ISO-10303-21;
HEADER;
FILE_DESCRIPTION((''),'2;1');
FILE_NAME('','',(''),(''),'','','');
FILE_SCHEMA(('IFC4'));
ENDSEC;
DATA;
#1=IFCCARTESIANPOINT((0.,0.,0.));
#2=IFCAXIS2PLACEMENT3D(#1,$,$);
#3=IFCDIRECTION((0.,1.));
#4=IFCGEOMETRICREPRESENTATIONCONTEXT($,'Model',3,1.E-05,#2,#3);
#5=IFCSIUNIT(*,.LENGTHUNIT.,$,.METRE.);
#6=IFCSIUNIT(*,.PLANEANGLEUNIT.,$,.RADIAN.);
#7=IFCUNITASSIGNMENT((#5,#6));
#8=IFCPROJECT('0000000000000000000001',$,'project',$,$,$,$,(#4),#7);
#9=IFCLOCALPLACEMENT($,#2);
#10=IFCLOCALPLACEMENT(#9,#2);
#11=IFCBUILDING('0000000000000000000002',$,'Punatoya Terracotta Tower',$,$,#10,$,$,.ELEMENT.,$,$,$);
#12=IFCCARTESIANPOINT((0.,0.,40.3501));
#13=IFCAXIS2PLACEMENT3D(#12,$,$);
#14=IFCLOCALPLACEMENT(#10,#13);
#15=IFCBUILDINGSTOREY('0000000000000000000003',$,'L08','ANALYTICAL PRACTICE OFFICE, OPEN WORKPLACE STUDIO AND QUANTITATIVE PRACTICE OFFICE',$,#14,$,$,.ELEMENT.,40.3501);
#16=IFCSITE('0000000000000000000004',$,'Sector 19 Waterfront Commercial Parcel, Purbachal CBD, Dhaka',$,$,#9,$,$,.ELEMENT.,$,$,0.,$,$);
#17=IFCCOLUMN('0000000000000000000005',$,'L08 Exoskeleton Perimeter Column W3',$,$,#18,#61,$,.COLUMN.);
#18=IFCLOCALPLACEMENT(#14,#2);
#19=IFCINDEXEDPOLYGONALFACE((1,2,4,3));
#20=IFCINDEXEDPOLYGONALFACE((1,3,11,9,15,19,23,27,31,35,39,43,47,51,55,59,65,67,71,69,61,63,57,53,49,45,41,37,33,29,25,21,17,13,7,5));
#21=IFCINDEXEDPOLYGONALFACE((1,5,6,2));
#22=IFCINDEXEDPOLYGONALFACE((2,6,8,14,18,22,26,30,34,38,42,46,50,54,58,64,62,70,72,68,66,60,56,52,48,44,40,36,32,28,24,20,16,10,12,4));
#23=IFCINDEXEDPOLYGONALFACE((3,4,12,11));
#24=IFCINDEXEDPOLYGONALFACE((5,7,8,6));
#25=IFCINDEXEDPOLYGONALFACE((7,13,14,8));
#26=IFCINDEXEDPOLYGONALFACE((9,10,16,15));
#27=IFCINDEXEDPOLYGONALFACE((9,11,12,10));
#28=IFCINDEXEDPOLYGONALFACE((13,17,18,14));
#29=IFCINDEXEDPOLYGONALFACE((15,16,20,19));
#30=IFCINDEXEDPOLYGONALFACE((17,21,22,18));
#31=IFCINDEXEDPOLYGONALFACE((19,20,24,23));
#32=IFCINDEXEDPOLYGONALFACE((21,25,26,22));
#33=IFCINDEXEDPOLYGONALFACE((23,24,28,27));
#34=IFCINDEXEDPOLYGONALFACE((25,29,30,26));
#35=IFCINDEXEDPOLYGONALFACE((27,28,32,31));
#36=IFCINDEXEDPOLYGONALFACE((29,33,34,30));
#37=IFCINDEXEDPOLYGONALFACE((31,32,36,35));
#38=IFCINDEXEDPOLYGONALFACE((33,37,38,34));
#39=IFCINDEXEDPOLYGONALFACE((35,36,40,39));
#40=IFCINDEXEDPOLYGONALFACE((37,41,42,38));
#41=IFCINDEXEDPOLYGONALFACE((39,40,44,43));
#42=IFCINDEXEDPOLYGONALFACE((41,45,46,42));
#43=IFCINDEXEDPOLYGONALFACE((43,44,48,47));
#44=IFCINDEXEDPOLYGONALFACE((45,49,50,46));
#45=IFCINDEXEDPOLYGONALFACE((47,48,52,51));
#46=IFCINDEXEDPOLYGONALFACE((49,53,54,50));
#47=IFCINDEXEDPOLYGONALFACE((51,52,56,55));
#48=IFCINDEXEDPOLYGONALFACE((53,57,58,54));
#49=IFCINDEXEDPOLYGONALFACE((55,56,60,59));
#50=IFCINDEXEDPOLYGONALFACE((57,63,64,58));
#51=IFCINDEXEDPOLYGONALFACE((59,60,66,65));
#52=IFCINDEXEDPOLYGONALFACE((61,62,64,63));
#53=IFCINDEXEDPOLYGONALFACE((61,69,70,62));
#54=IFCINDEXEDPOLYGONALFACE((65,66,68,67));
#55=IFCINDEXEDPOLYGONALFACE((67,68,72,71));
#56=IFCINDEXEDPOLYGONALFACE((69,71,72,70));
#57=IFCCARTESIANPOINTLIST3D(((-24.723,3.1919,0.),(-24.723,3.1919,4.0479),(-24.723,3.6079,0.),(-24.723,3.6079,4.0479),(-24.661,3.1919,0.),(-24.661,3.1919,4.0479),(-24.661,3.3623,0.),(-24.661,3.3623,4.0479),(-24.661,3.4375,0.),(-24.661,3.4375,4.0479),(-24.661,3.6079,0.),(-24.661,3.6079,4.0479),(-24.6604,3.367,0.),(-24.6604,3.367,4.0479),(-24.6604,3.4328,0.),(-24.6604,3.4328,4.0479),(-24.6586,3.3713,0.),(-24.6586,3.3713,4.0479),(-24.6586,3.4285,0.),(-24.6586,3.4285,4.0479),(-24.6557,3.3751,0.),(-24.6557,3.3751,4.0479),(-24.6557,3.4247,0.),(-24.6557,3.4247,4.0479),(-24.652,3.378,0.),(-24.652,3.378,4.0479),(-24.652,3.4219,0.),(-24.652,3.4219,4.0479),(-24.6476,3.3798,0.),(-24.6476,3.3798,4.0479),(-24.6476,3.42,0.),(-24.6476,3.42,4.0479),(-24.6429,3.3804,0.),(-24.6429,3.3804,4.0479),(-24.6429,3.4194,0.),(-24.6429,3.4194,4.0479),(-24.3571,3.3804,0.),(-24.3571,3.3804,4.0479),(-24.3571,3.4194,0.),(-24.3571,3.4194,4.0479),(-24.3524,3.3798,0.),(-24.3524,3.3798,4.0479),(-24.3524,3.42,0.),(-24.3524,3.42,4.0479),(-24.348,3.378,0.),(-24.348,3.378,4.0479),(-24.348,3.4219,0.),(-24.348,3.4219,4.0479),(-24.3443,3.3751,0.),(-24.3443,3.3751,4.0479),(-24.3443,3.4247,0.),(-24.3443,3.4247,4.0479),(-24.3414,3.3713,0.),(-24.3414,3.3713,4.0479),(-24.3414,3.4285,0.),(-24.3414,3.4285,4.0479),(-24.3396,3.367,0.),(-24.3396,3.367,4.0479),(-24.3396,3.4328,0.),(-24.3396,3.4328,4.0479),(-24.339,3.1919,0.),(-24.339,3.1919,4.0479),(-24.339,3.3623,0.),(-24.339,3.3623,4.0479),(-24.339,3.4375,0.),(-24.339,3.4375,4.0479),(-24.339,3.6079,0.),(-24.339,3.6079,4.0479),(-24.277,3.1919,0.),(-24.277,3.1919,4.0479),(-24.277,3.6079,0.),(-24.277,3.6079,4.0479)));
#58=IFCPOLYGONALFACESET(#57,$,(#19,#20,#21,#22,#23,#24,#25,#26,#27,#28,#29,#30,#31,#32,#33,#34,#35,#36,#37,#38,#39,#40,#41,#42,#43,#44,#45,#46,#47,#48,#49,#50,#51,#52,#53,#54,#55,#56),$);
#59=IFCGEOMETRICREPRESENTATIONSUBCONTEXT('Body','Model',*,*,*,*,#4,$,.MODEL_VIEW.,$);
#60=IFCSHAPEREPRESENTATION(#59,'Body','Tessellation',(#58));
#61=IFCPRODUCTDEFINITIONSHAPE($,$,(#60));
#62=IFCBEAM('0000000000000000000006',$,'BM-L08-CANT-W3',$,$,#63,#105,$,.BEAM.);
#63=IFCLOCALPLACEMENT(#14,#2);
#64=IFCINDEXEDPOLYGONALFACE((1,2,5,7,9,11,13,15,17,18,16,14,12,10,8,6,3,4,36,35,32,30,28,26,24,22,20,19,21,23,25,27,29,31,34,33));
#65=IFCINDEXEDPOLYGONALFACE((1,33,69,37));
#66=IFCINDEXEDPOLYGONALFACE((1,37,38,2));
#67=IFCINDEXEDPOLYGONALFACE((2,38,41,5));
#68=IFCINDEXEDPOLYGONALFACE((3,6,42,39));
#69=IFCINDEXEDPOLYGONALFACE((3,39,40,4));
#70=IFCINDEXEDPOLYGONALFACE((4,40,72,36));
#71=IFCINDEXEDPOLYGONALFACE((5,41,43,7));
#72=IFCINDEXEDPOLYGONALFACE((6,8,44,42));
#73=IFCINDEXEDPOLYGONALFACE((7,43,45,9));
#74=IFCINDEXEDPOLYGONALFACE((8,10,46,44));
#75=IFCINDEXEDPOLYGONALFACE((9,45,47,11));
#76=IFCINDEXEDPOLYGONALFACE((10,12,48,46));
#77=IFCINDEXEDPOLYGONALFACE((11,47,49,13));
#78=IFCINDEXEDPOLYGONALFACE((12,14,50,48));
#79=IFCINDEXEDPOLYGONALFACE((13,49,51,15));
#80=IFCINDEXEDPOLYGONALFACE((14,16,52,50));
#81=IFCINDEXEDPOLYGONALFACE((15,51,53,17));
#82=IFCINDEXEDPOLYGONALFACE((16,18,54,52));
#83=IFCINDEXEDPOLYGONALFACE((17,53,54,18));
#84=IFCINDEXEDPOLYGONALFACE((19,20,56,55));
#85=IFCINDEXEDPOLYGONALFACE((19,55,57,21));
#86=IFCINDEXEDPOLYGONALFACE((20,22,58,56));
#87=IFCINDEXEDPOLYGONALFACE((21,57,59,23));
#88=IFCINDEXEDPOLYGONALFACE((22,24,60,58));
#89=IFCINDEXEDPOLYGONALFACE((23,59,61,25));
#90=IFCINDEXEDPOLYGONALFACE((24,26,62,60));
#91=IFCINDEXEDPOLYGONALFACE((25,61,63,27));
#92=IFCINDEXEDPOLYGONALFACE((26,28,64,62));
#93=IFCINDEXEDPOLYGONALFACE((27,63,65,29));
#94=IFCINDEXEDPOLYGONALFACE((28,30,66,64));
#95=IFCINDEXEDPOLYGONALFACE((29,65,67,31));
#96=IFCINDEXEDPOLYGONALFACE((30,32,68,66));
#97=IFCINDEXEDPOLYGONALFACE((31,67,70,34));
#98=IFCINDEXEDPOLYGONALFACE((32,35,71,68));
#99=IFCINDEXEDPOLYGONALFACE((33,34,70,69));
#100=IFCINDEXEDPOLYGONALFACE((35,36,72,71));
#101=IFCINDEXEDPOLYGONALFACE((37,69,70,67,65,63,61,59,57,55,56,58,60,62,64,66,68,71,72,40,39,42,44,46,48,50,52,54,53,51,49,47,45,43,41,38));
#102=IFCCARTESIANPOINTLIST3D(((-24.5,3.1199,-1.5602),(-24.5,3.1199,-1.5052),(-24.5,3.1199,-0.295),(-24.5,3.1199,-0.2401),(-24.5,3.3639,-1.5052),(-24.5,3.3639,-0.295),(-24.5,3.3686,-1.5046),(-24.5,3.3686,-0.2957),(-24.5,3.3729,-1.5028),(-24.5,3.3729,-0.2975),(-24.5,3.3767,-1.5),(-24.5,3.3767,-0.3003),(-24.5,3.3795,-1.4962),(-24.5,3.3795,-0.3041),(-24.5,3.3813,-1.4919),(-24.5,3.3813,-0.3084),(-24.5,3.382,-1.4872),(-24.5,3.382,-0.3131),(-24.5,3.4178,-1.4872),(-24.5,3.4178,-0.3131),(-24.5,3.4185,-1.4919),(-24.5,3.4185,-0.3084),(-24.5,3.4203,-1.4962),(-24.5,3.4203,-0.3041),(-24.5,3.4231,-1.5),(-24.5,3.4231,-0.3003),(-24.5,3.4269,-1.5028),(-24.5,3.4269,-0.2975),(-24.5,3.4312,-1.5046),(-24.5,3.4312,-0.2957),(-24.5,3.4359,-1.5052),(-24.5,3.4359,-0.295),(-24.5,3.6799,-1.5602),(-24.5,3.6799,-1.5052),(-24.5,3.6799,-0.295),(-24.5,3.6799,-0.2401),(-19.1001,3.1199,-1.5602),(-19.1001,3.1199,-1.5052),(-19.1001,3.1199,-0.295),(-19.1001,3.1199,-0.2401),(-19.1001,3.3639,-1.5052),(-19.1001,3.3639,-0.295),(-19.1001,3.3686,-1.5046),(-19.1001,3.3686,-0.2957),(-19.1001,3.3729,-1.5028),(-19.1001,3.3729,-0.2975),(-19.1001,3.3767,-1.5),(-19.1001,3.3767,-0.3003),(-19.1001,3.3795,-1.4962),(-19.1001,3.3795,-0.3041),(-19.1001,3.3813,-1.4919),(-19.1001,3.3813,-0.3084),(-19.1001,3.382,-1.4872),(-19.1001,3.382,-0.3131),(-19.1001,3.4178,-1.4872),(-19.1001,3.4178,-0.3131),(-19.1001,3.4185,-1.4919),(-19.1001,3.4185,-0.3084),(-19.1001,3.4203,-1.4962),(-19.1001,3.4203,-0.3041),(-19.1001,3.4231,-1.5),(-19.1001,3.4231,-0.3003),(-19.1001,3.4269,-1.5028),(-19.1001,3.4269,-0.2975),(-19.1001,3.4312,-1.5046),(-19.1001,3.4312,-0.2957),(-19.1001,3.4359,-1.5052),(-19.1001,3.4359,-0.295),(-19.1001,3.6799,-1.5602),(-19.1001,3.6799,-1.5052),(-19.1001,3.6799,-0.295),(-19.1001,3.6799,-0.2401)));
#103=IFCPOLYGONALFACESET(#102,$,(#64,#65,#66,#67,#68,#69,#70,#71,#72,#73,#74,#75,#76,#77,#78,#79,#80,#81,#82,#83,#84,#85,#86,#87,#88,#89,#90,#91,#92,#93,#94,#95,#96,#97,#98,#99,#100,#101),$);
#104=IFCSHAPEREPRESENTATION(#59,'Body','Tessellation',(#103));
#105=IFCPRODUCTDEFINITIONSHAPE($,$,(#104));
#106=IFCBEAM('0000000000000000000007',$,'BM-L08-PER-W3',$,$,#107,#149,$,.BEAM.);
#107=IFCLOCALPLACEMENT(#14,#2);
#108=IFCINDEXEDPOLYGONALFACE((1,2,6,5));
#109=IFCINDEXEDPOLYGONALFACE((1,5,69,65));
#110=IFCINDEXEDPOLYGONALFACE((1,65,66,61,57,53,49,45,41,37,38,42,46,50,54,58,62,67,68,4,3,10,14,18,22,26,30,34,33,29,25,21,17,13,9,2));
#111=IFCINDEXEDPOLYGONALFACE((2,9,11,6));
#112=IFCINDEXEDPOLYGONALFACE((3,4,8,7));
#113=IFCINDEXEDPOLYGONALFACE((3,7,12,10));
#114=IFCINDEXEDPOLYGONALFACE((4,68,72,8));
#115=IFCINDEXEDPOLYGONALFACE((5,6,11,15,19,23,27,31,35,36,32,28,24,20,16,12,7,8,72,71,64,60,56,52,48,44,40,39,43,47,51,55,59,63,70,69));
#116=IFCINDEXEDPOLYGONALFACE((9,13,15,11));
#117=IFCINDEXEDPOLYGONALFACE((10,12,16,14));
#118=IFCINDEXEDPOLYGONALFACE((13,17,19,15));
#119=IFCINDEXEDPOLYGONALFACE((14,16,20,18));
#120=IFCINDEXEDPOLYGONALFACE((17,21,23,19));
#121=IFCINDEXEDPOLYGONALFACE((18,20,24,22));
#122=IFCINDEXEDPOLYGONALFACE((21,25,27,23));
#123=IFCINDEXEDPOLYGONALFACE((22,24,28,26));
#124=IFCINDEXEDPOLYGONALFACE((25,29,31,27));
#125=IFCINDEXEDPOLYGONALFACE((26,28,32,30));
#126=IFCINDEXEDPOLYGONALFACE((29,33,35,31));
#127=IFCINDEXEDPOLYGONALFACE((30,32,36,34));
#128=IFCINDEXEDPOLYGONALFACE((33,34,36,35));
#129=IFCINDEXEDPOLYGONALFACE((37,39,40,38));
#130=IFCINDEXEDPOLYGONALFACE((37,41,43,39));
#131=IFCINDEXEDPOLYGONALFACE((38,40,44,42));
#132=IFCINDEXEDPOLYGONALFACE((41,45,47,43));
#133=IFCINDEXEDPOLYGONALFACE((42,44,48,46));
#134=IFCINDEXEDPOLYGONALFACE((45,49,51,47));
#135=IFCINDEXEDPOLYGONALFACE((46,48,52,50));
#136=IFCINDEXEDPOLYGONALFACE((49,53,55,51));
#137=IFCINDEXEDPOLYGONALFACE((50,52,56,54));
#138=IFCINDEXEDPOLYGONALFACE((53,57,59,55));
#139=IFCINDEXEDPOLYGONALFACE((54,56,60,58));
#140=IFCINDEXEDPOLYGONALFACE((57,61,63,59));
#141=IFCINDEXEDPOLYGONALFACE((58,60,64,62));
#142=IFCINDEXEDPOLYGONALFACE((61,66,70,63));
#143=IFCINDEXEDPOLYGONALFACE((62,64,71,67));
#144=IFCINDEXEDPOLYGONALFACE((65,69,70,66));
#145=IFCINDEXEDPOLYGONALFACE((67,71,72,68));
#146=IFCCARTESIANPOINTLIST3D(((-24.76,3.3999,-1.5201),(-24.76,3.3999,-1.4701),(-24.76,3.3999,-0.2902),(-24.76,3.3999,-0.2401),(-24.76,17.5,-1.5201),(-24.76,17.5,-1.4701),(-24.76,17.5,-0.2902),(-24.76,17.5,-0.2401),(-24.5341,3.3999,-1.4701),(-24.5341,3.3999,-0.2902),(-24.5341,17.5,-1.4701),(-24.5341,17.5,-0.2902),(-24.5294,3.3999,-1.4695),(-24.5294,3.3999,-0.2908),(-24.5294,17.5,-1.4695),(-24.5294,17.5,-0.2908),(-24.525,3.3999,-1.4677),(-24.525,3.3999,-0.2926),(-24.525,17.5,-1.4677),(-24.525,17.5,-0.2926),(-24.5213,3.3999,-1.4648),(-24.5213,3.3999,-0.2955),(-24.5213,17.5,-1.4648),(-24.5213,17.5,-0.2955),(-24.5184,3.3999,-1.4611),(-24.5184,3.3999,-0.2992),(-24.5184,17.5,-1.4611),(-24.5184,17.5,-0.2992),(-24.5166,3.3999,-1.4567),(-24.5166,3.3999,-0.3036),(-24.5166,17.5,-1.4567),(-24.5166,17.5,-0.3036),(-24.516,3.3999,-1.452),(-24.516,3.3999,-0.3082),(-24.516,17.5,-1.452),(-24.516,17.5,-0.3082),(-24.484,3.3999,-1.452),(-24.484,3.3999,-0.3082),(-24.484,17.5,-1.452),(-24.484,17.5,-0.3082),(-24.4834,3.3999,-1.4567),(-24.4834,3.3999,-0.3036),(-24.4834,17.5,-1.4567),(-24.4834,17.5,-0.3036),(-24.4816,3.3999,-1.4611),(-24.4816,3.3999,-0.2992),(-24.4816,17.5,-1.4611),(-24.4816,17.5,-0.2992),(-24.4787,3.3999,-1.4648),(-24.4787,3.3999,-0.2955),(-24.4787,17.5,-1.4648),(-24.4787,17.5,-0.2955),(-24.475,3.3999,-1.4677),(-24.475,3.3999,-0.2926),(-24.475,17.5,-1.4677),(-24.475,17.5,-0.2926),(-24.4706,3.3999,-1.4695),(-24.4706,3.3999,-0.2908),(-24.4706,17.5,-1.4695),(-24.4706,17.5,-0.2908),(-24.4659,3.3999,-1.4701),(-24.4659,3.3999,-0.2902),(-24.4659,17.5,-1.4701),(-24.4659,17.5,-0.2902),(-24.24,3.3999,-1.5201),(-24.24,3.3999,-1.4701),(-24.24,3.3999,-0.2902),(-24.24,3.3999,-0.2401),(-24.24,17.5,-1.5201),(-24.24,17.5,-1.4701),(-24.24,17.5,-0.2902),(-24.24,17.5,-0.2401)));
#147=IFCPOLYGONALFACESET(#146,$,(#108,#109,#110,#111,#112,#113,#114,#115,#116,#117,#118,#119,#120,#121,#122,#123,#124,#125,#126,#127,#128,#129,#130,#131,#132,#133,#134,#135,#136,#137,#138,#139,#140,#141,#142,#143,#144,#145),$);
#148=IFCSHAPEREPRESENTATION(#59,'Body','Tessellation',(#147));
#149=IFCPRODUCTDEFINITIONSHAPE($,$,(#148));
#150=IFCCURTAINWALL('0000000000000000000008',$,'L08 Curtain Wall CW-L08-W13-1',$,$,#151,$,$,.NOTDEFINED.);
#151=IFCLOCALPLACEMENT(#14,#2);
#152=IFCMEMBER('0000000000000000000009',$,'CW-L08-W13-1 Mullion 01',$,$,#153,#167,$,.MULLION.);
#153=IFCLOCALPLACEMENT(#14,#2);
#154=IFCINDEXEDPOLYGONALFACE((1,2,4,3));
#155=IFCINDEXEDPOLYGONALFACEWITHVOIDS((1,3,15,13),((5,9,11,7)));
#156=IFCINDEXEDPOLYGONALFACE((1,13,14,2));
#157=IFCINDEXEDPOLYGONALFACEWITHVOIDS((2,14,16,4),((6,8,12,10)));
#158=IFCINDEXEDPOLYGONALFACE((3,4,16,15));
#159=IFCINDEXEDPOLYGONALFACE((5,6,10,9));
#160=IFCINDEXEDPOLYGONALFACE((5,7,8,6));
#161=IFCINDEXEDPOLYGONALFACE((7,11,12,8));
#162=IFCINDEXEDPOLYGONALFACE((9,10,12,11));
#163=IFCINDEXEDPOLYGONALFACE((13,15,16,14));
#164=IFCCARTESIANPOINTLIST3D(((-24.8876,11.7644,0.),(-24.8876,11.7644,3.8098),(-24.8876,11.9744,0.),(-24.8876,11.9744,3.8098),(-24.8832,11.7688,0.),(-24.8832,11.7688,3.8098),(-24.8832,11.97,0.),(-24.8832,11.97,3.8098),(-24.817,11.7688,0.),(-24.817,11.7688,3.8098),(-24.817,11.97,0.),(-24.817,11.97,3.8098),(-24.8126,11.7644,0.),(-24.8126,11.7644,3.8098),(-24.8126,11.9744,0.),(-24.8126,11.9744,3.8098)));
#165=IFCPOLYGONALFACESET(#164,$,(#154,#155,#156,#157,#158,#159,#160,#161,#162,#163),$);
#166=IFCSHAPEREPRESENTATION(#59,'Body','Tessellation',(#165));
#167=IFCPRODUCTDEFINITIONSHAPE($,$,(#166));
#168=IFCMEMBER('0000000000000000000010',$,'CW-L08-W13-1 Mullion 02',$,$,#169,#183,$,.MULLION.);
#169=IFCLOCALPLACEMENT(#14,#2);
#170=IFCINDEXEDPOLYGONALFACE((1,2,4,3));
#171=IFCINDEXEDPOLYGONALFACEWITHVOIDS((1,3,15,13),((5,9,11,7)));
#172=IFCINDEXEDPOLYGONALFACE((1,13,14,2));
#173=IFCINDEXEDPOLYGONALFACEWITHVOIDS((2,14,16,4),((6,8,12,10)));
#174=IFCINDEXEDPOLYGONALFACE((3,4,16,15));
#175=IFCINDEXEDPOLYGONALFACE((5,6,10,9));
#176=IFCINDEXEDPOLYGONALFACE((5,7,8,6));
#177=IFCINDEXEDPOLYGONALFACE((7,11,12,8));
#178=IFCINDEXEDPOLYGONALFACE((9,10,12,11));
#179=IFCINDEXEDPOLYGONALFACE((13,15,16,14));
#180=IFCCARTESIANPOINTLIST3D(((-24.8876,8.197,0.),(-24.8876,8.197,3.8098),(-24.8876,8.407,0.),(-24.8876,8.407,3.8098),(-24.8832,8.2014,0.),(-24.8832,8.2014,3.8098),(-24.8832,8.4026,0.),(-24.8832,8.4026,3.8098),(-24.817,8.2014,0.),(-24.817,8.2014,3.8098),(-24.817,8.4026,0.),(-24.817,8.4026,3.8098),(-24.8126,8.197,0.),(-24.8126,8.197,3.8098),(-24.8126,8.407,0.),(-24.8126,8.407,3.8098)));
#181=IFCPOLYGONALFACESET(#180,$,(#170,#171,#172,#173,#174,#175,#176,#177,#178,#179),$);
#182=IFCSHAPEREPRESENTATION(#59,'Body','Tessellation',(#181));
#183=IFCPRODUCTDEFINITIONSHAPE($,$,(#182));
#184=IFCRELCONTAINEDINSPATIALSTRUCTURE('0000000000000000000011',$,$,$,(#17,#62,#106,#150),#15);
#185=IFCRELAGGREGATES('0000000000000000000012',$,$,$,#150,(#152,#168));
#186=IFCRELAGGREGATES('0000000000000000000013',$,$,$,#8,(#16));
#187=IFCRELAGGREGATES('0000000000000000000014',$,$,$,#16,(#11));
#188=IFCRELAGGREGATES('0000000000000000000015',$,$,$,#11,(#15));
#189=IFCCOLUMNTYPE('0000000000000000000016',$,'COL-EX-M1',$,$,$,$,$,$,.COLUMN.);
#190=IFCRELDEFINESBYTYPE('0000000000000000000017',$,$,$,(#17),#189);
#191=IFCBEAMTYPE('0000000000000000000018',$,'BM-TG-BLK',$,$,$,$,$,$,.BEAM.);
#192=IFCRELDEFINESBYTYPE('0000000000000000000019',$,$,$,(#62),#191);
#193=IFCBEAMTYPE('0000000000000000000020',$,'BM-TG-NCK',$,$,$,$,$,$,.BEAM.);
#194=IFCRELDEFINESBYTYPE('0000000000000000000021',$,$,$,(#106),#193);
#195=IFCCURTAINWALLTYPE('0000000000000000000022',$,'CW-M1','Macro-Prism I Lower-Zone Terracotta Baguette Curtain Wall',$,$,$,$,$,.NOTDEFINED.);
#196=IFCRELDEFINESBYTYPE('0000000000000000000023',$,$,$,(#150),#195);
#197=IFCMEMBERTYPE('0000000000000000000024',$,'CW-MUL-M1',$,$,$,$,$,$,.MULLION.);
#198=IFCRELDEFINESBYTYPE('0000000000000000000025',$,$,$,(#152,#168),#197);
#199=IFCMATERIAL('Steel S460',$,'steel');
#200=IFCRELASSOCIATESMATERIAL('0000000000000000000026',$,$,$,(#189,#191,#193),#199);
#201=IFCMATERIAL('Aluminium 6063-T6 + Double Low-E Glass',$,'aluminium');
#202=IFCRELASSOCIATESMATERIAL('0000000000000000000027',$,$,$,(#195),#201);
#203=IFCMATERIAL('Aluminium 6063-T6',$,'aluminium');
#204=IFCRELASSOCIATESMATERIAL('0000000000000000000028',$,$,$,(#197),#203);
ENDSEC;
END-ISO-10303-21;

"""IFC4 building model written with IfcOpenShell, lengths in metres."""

from ifc_helpers import new_model, si_unit, direction, frame, origin, origin_2d, place, context, subcontext, project, spatial, hollow_rectangle, i_section, extrude, material, material_profile, profile_set, type_object, element, aggregate, save


model = new_model("IFC4")

# Units and contexts
model_context = context("Model", 3, precision=1e-05, world=origin(), true_north=direction((0.0, 1.0)))
body_context = subcontext(model_context, "Body", "Model", "MODEL_VIEW")
ifc_project = project(units=[si_unit("LENGTHUNIT", "METRE"), si_unit("PLANEANGLEUNIT", "RADIAN")], contexts=[model_context])

# Site, building, storey
site_placement = place(None, origin())
site = spatial("IfcSite", under=ifc_project, at=site_placement, Name="Sector 19 Waterfront Commercial Parcel, Purbachal CBD, Dhaka", CompositionType="ELEMENT", RefElevation=0.0)
building_placement = place(site_placement, origin())
building = spatial("IfcBuilding", under=site, at=building_placement, Name="Punatoya Terracotta Tower", CompositionType="ELEMENT")
storey_placement = place(building_placement, frame((0.0, 0.0, 40.3501)))
storey = spatial("IfcBuildingStorey", under=building, at=storey_placement, Name="L08", Description="ANALYTICAL PRACTICE OFFICE, OPEN WORKPLACE STUDIO AND QUANTITATIVE PRACTICE OFFICE", CompositionType="ELEMENT", Elevation=40.3501)

# Column
ifc_material_1 = material(Name="Steel S460", Category="steel")
ifc_material_profile_1 = material_profile(ifc_material_1, i_section(OverallWidth=0.416, OverallDepth=0.446, WebThickness=0.0391, FlangeThickness=0.062, FilletRadius=0.0181, at=origin_2d()))
ifc_profile_set_1 = profile_set([ifc_material_profile_1], Name="Steel S460")
column_type = type_object("IfcColumnType", Name="COL-EX-M1", PredefinedType="COLUMN", material=ifc_profile_set_1)
column_placement = place(storey_placement, frame((-24.5, 3.3999, 0.0), z_axis=(0.0, 0.0, 1.0), x_axis=(0.0, 1.0, 0.0)))
element("IfcColumn", 1, at=column_placement, inside=storey, type_object=column_type, Name="L08 Exoskeleton Perimeter Column W3", PredefinedType="COLUMN", context=body_context, shape_type="SweptSolid", body=[
    extrude(i_section(OverallWidth=0.416, OverallDepth=0.446, WebThickness=0.0391, FlangeThickness=0.062, FilletRadius=0.0181, at=origin_2d()), origin(), (0.0, 0.0, 1.0), 4.0479),
])

# Beams
ifc_material_profile_2 = material_profile(ifc_material_1, i_section(OverallWidth=0.5601, OverallDepth=1.3201, WebThickness=0.0359, FlangeThickness=0.0549, FilletRadius=0.0181, at=origin_2d()))
ifc_profile_set_2 = profile_set([ifc_material_profile_2], Name="Steel S460")
beam_type_1 = type_object("IfcBeamType", Name="BM-TG-BLK", PredefinedType="BEAM", material=ifc_profile_set_2)
beam_1_placement = place(storey_placement, frame((-24.5, 3.3999, -0.9001), z_axis=(1.0, 0.0, 0.0), x_axis=(0.0, 1.0, 0.0)))
element("IfcBeam", 2, at=beam_1_placement, inside=storey, type_object=beam_type_1, Name="BM-L08-CANT-W3", PredefinedType="BEAM", context=body_context, shape_type="SweptSolid", body=[
    extrude(i_section(OverallWidth=0.5601, OverallDepth=1.3201, WebThickness=0.0359, FlangeThickness=0.0549, FilletRadius=0.0181, at=origin_2d()), origin(), (0.0, 0.0, 1.0), 5.3999),
])
ifc_material_profile_3 = material_profile(ifc_material_1, i_section(OverallWidth=0.52, OverallDepth=1.28, WebThickness=0.032, FlangeThickness=0.05, FilletRadius=0.0181, at=origin_2d()))
ifc_profile_set_3 = profile_set([ifc_material_profile_3], Name="Steel S460")
beam_type_2 = type_object("IfcBeamType", Name="BM-TG-NCK", PredefinedType="BEAM", material=ifc_profile_set_3)
beam_2_placement = place(storey_placement, frame((-24.5, 3.3999, -0.8801), z_axis=(0.0, 1.0, 0.0), x_axis=(-1.0, 0.0, 0.0)))
element("IfcBeam", 3, at=beam_2_placement, inside=storey, type_object=beam_type_2, Name="BM-L08-PER-W3", PredefinedType="BEAM", context=body_context, shape_type="SweptSolid", body=[
    extrude(i_section(OverallWidth=0.52, OverallDepth=1.28, WebThickness=0.032, FlangeThickness=0.05, FilletRadius=0.0181, at=origin_2d()), origin(), (0.0, 0.0, 1.0), 14.1001),
])

# Curtain wall, members
ifc_material_2 = material(Name="Aluminium 6063-T6 + Double Low-E Glass", Category="aluminium")
curtain_wall_type = type_object("IfcCurtainWallType", Name="CW-M1", Description="Macro-Prism I Lower-Zone Terracotta Baguette Curtain Wall", PredefinedType="NOTDEFINED", material=ifc_material_2)
curtain_wall_placement = place(storey_placement, origin())
curtain_wall = element("IfcCurtainWall", 4, at=curtain_wall_placement, inside=storey, type_object=curtain_wall_type, Name="L08 Curtain Wall CW-L08-W13-1", PredefinedType="NOTDEFINED")
ifc_material_3 = material(Name="Aluminium 6063-T6", Category="aluminium")
ifc_material_profile_4 = material_profile(ifc_material_3, hollow_rectangle(XDim=0.075, YDim=0.21, WallThickness=0.0044, at=origin_2d()))
ifc_profile_set_4 = profile_set([ifc_material_profile_4], Name="Aluminium 6063-T6")
member_type_1 = type_object("IfcMemberType", Name="CW-MUL-M1", PredefinedType="MULLION", material=ifc_profile_set_4)
member_1_placement = place(storey_placement, frame((-24.8501, 11.8694, 0.0), z_axis=(0.0, 0.0, 1.0), x_axis=(1.0, 0.0, 0.0)))
member_1 = element("IfcMember", 5, at=member_1_placement, type_object=member_type_1, Name="CW-L08-W13-1 Mullion 01", PredefinedType="MULLION", context=body_context, shape_type="SweptSolid", body=[
    extrude(hollow_rectangle(XDim=0.075, YDim=0.21, WallThickness=0.0044, at=origin_2d()), origin(), (0.0, 0.0, 1.0), 3.8098),
])
member_2_placement = place(storey_placement, frame((-24.8501, 8.302, 0.0), z_axis=(0.0, 0.0, 1.0), x_axis=(1.0, 0.0, 0.0)))
member_2 = element("IfcMember", 6, at=member_2_placement, type_object=member_type_1, Name="CW-L08-W13-1 Mullion 02", PredefinedType="MULLION", context=body_context, shape_type="SweptSolid", body=[
    extrude(hollow_rectangle(XDim=0.075, YDim=0.21, WallThickness=0.0044, at=origin_2d()), origin(), (0.0, 0.0, 1.0), 3.8098),
])

aggregate(curtain_wall, [member_1, member_2])

save(model, "model.ifc")
